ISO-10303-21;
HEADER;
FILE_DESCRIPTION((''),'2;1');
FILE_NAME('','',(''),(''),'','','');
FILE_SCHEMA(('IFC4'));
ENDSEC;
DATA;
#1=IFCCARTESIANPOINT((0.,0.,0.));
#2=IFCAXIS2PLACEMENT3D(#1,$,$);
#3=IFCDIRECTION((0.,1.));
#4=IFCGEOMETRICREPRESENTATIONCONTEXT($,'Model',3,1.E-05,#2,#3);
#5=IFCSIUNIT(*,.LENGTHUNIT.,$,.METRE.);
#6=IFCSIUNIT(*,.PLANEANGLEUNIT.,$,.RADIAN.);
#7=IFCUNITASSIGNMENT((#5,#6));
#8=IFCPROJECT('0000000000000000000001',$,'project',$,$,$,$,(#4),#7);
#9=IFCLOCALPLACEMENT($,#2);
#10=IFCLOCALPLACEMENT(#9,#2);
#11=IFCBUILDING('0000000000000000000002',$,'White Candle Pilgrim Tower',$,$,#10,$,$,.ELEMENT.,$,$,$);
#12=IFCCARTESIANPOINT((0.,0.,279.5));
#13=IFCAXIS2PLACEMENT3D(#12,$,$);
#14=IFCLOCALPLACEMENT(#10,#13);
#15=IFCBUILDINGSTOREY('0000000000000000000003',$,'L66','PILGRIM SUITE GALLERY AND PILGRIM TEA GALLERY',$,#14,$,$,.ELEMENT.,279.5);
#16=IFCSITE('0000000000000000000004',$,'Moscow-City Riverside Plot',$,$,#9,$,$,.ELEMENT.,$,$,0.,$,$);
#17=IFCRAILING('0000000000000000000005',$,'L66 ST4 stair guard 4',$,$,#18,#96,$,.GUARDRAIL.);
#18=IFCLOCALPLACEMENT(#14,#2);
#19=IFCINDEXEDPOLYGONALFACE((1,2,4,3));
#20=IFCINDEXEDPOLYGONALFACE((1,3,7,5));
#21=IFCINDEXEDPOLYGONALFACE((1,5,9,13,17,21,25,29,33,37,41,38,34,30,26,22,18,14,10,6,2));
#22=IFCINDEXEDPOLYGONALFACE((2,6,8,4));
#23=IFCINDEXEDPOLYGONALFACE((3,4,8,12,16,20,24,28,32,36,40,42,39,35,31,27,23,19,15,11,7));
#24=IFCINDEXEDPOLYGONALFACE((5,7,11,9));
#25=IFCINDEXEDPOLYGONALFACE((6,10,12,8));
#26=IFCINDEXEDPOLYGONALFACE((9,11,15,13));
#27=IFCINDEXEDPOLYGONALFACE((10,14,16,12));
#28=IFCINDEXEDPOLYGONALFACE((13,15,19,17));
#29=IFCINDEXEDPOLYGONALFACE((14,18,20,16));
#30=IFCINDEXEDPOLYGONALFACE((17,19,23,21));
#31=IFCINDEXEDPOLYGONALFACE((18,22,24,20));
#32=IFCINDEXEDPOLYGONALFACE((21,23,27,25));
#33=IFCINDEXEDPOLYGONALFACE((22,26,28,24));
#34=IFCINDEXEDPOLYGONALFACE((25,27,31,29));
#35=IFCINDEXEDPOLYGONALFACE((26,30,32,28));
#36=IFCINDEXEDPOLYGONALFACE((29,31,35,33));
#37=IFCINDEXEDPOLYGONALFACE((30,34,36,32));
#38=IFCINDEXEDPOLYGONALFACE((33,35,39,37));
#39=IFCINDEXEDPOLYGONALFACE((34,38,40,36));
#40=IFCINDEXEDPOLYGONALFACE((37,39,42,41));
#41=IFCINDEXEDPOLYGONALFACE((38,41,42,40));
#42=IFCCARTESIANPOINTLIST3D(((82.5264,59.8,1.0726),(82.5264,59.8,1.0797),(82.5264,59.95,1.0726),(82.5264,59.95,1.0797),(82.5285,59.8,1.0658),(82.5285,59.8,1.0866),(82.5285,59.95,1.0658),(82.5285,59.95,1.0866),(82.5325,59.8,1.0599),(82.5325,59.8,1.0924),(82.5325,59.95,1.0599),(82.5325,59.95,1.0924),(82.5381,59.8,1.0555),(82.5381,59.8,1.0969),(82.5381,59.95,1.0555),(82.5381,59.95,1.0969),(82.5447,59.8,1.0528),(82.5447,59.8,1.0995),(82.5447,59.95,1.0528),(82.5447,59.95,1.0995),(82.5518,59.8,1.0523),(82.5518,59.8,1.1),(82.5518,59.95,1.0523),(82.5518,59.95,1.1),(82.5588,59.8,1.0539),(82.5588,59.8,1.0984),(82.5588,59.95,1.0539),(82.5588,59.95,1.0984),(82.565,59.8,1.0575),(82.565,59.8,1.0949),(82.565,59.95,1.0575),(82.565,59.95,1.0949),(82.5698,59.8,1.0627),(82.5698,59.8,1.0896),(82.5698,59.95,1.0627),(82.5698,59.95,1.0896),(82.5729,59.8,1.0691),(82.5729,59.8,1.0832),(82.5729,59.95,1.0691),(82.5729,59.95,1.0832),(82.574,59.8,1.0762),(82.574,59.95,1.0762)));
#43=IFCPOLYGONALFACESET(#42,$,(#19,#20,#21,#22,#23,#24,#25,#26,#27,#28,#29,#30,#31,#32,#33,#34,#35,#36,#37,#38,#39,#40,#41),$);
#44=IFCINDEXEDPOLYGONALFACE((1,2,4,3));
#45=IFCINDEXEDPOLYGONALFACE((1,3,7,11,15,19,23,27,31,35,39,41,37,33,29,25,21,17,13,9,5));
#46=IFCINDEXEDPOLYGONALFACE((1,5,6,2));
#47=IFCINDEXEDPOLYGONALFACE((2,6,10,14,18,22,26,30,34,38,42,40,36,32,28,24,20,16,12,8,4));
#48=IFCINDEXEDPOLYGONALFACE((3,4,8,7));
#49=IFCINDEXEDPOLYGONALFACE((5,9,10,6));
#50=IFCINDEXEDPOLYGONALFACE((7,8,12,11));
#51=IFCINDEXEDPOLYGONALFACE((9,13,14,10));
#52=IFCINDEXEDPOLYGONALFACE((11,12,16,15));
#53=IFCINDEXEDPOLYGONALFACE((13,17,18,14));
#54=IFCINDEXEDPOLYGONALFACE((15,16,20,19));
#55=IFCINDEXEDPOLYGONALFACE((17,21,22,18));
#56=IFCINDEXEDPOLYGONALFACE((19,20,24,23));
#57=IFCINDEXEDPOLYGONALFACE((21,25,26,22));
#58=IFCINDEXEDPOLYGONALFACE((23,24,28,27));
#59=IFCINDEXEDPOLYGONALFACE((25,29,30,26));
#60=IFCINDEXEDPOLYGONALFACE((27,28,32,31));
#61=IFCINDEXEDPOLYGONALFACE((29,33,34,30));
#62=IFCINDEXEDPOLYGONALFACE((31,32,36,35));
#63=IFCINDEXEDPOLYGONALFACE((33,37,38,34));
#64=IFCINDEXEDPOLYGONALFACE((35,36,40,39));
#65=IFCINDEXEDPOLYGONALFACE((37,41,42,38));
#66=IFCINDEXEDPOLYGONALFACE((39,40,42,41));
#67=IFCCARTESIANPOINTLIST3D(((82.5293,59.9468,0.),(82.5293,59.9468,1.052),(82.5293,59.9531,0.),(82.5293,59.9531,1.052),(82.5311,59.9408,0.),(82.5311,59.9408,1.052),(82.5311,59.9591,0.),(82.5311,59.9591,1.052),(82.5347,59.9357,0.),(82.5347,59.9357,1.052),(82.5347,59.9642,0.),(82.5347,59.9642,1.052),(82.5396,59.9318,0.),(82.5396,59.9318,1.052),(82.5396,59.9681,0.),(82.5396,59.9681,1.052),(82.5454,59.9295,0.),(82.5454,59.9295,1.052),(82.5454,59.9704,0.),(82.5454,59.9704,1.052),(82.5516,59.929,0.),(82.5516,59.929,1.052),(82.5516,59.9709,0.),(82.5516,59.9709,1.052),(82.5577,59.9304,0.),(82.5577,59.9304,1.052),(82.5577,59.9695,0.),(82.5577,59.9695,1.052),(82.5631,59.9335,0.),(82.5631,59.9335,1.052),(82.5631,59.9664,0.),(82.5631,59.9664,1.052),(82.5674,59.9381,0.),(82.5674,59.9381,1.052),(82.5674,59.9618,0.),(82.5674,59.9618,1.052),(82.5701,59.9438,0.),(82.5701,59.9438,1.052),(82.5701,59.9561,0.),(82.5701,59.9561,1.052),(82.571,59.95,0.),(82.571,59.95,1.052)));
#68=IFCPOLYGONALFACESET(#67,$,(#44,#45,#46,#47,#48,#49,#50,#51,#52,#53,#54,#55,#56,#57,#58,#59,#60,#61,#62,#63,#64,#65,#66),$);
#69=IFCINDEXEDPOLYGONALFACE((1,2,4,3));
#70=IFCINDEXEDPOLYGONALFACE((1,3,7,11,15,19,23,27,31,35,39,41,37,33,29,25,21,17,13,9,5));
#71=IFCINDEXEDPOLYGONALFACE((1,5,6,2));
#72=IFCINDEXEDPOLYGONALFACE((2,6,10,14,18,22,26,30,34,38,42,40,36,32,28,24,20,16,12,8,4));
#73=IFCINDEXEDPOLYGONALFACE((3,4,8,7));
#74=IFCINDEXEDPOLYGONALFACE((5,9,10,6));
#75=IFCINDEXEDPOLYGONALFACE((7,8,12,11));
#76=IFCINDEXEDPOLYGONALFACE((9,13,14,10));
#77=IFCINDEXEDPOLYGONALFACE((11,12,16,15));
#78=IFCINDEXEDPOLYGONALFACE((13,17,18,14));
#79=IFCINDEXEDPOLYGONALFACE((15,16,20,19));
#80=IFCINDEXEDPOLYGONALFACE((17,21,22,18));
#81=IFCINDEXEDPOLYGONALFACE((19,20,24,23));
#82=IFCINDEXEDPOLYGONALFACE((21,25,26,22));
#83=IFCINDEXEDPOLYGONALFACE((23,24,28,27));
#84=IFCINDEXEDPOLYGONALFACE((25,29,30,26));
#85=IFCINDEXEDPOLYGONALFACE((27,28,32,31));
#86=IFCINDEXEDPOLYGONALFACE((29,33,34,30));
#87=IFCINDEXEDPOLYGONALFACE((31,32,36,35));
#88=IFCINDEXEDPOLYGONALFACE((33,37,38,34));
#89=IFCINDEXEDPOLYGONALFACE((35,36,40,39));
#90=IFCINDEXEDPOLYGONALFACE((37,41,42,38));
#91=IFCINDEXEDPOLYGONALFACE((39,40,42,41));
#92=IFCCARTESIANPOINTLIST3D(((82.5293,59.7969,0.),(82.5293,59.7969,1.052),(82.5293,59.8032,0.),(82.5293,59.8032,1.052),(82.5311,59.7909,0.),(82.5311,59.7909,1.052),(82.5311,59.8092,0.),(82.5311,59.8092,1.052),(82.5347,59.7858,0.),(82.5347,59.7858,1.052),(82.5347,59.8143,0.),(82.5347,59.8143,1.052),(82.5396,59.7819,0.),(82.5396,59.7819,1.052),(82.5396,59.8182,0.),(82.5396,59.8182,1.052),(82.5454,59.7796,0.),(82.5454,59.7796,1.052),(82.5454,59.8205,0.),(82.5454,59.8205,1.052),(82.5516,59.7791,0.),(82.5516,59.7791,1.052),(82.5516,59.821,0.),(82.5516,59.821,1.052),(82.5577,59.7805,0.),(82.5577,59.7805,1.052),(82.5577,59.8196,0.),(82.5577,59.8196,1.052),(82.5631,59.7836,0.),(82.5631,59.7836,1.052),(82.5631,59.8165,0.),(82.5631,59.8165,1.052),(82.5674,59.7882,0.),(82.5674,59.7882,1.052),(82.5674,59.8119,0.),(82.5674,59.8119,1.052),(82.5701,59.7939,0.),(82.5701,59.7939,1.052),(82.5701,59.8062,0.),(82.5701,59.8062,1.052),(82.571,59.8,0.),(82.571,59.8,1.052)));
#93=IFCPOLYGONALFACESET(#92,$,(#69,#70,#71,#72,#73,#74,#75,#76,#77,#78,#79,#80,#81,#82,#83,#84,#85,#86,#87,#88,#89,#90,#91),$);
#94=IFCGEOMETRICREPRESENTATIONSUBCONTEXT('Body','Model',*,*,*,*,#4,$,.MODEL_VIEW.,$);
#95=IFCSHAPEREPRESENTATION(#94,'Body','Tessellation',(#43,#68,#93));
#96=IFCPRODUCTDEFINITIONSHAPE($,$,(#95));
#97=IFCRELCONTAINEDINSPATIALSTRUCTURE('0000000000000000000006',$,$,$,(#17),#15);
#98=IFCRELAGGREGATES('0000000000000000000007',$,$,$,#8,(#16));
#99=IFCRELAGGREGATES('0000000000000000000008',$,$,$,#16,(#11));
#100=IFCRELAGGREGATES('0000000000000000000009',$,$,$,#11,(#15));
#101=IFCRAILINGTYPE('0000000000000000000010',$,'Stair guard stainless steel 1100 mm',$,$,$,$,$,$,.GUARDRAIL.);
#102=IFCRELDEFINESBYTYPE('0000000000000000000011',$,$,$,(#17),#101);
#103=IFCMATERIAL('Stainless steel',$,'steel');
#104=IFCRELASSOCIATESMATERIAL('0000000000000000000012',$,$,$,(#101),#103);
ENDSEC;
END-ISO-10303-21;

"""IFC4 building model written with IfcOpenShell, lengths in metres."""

from ifc_helpers import new_model, si_unit, direction, frame, origin, origin_2d, place, context, subcontext, project, spatial, circle, extrude, material, type_object, element, save


model = new_model("IFC4")

# Units and contexts
model_context = context("Model", 3, precision=1e-05, world=origin(), true_north=direction((0.0, 1.0)))
body_context = subcontext(model_context, "Body", "Model", "MODEL_VIEW")
ifc_project = project(units=[si_unit("LENGTHUNIT", "METRE"), si_unit("PLANEANGLEUNIT", "RADIAN")], contexts=[model_context])

# Site, building, storey
site_placement = place(None, origin())
site = spatial("IfcSite", under=ifc_project, at=site_placement, Name="Moscow-City Riverside Plot", CompositionType="ELEMENT", RefElevation=0.0)
building_placement = place(site_placement, origin())
building = spatial("IfcBuilding", under=site, at=building_placement, Name="White Candle Pilgrim Tower", CompositionType="ELEMENT")
storey_placement = place(building_placement, frame((0.0, 0.0, 279.5)))
storey = spatial("IfcBuildingStorey", under=building, at=storey_placement, Name="L66", Description="PILGRIM SUITE GALLERY AND PILGRIM TEA GALLERY", CompositionType="ELEMENT", Elevation=279.5)

# Railing
ifc_material_1 = material(Name="Stainless steel", Category="steel")
railing_type = type_object("IfcRailingType", Name="Stair guard stainless steel 1100 mm", PredefinedType="GUARDRAIL", material=ifc_material_1)
railing_1_placement = place(storey_placement, frame((82.55, 59.95, 0.0)))
element("IfcRailing", 1, at=railing_1_placement, inside=storey, type_object=railing_type, Name="L66 ST4 stair guard 4", PredefinedType="GUARDRAIL", context=body_context, shape_type="SweptSolid", body=[
    extrude(circle(Radius=0.0239, at=origin_2d()), frame((0.0, 0.0, 1.0762), z_axis=(0.0, -1.0, 0.0), x_axis=(1.0, 0.0, 0.0)), (0.0, 0.0, 1.0), 0.1499),
    extrude(circle(Radius=0.021, at=origin_2d()), origin(), (0.0, 0.0, 1.0), 1.052),
    extrude(circle(Radius=0.021, at=origin_2d()), frame((0.0, -0.1499, 0.0)), (0.0, 0.0, 1.0), 1.052),
])

save(model, "model.ifc")
